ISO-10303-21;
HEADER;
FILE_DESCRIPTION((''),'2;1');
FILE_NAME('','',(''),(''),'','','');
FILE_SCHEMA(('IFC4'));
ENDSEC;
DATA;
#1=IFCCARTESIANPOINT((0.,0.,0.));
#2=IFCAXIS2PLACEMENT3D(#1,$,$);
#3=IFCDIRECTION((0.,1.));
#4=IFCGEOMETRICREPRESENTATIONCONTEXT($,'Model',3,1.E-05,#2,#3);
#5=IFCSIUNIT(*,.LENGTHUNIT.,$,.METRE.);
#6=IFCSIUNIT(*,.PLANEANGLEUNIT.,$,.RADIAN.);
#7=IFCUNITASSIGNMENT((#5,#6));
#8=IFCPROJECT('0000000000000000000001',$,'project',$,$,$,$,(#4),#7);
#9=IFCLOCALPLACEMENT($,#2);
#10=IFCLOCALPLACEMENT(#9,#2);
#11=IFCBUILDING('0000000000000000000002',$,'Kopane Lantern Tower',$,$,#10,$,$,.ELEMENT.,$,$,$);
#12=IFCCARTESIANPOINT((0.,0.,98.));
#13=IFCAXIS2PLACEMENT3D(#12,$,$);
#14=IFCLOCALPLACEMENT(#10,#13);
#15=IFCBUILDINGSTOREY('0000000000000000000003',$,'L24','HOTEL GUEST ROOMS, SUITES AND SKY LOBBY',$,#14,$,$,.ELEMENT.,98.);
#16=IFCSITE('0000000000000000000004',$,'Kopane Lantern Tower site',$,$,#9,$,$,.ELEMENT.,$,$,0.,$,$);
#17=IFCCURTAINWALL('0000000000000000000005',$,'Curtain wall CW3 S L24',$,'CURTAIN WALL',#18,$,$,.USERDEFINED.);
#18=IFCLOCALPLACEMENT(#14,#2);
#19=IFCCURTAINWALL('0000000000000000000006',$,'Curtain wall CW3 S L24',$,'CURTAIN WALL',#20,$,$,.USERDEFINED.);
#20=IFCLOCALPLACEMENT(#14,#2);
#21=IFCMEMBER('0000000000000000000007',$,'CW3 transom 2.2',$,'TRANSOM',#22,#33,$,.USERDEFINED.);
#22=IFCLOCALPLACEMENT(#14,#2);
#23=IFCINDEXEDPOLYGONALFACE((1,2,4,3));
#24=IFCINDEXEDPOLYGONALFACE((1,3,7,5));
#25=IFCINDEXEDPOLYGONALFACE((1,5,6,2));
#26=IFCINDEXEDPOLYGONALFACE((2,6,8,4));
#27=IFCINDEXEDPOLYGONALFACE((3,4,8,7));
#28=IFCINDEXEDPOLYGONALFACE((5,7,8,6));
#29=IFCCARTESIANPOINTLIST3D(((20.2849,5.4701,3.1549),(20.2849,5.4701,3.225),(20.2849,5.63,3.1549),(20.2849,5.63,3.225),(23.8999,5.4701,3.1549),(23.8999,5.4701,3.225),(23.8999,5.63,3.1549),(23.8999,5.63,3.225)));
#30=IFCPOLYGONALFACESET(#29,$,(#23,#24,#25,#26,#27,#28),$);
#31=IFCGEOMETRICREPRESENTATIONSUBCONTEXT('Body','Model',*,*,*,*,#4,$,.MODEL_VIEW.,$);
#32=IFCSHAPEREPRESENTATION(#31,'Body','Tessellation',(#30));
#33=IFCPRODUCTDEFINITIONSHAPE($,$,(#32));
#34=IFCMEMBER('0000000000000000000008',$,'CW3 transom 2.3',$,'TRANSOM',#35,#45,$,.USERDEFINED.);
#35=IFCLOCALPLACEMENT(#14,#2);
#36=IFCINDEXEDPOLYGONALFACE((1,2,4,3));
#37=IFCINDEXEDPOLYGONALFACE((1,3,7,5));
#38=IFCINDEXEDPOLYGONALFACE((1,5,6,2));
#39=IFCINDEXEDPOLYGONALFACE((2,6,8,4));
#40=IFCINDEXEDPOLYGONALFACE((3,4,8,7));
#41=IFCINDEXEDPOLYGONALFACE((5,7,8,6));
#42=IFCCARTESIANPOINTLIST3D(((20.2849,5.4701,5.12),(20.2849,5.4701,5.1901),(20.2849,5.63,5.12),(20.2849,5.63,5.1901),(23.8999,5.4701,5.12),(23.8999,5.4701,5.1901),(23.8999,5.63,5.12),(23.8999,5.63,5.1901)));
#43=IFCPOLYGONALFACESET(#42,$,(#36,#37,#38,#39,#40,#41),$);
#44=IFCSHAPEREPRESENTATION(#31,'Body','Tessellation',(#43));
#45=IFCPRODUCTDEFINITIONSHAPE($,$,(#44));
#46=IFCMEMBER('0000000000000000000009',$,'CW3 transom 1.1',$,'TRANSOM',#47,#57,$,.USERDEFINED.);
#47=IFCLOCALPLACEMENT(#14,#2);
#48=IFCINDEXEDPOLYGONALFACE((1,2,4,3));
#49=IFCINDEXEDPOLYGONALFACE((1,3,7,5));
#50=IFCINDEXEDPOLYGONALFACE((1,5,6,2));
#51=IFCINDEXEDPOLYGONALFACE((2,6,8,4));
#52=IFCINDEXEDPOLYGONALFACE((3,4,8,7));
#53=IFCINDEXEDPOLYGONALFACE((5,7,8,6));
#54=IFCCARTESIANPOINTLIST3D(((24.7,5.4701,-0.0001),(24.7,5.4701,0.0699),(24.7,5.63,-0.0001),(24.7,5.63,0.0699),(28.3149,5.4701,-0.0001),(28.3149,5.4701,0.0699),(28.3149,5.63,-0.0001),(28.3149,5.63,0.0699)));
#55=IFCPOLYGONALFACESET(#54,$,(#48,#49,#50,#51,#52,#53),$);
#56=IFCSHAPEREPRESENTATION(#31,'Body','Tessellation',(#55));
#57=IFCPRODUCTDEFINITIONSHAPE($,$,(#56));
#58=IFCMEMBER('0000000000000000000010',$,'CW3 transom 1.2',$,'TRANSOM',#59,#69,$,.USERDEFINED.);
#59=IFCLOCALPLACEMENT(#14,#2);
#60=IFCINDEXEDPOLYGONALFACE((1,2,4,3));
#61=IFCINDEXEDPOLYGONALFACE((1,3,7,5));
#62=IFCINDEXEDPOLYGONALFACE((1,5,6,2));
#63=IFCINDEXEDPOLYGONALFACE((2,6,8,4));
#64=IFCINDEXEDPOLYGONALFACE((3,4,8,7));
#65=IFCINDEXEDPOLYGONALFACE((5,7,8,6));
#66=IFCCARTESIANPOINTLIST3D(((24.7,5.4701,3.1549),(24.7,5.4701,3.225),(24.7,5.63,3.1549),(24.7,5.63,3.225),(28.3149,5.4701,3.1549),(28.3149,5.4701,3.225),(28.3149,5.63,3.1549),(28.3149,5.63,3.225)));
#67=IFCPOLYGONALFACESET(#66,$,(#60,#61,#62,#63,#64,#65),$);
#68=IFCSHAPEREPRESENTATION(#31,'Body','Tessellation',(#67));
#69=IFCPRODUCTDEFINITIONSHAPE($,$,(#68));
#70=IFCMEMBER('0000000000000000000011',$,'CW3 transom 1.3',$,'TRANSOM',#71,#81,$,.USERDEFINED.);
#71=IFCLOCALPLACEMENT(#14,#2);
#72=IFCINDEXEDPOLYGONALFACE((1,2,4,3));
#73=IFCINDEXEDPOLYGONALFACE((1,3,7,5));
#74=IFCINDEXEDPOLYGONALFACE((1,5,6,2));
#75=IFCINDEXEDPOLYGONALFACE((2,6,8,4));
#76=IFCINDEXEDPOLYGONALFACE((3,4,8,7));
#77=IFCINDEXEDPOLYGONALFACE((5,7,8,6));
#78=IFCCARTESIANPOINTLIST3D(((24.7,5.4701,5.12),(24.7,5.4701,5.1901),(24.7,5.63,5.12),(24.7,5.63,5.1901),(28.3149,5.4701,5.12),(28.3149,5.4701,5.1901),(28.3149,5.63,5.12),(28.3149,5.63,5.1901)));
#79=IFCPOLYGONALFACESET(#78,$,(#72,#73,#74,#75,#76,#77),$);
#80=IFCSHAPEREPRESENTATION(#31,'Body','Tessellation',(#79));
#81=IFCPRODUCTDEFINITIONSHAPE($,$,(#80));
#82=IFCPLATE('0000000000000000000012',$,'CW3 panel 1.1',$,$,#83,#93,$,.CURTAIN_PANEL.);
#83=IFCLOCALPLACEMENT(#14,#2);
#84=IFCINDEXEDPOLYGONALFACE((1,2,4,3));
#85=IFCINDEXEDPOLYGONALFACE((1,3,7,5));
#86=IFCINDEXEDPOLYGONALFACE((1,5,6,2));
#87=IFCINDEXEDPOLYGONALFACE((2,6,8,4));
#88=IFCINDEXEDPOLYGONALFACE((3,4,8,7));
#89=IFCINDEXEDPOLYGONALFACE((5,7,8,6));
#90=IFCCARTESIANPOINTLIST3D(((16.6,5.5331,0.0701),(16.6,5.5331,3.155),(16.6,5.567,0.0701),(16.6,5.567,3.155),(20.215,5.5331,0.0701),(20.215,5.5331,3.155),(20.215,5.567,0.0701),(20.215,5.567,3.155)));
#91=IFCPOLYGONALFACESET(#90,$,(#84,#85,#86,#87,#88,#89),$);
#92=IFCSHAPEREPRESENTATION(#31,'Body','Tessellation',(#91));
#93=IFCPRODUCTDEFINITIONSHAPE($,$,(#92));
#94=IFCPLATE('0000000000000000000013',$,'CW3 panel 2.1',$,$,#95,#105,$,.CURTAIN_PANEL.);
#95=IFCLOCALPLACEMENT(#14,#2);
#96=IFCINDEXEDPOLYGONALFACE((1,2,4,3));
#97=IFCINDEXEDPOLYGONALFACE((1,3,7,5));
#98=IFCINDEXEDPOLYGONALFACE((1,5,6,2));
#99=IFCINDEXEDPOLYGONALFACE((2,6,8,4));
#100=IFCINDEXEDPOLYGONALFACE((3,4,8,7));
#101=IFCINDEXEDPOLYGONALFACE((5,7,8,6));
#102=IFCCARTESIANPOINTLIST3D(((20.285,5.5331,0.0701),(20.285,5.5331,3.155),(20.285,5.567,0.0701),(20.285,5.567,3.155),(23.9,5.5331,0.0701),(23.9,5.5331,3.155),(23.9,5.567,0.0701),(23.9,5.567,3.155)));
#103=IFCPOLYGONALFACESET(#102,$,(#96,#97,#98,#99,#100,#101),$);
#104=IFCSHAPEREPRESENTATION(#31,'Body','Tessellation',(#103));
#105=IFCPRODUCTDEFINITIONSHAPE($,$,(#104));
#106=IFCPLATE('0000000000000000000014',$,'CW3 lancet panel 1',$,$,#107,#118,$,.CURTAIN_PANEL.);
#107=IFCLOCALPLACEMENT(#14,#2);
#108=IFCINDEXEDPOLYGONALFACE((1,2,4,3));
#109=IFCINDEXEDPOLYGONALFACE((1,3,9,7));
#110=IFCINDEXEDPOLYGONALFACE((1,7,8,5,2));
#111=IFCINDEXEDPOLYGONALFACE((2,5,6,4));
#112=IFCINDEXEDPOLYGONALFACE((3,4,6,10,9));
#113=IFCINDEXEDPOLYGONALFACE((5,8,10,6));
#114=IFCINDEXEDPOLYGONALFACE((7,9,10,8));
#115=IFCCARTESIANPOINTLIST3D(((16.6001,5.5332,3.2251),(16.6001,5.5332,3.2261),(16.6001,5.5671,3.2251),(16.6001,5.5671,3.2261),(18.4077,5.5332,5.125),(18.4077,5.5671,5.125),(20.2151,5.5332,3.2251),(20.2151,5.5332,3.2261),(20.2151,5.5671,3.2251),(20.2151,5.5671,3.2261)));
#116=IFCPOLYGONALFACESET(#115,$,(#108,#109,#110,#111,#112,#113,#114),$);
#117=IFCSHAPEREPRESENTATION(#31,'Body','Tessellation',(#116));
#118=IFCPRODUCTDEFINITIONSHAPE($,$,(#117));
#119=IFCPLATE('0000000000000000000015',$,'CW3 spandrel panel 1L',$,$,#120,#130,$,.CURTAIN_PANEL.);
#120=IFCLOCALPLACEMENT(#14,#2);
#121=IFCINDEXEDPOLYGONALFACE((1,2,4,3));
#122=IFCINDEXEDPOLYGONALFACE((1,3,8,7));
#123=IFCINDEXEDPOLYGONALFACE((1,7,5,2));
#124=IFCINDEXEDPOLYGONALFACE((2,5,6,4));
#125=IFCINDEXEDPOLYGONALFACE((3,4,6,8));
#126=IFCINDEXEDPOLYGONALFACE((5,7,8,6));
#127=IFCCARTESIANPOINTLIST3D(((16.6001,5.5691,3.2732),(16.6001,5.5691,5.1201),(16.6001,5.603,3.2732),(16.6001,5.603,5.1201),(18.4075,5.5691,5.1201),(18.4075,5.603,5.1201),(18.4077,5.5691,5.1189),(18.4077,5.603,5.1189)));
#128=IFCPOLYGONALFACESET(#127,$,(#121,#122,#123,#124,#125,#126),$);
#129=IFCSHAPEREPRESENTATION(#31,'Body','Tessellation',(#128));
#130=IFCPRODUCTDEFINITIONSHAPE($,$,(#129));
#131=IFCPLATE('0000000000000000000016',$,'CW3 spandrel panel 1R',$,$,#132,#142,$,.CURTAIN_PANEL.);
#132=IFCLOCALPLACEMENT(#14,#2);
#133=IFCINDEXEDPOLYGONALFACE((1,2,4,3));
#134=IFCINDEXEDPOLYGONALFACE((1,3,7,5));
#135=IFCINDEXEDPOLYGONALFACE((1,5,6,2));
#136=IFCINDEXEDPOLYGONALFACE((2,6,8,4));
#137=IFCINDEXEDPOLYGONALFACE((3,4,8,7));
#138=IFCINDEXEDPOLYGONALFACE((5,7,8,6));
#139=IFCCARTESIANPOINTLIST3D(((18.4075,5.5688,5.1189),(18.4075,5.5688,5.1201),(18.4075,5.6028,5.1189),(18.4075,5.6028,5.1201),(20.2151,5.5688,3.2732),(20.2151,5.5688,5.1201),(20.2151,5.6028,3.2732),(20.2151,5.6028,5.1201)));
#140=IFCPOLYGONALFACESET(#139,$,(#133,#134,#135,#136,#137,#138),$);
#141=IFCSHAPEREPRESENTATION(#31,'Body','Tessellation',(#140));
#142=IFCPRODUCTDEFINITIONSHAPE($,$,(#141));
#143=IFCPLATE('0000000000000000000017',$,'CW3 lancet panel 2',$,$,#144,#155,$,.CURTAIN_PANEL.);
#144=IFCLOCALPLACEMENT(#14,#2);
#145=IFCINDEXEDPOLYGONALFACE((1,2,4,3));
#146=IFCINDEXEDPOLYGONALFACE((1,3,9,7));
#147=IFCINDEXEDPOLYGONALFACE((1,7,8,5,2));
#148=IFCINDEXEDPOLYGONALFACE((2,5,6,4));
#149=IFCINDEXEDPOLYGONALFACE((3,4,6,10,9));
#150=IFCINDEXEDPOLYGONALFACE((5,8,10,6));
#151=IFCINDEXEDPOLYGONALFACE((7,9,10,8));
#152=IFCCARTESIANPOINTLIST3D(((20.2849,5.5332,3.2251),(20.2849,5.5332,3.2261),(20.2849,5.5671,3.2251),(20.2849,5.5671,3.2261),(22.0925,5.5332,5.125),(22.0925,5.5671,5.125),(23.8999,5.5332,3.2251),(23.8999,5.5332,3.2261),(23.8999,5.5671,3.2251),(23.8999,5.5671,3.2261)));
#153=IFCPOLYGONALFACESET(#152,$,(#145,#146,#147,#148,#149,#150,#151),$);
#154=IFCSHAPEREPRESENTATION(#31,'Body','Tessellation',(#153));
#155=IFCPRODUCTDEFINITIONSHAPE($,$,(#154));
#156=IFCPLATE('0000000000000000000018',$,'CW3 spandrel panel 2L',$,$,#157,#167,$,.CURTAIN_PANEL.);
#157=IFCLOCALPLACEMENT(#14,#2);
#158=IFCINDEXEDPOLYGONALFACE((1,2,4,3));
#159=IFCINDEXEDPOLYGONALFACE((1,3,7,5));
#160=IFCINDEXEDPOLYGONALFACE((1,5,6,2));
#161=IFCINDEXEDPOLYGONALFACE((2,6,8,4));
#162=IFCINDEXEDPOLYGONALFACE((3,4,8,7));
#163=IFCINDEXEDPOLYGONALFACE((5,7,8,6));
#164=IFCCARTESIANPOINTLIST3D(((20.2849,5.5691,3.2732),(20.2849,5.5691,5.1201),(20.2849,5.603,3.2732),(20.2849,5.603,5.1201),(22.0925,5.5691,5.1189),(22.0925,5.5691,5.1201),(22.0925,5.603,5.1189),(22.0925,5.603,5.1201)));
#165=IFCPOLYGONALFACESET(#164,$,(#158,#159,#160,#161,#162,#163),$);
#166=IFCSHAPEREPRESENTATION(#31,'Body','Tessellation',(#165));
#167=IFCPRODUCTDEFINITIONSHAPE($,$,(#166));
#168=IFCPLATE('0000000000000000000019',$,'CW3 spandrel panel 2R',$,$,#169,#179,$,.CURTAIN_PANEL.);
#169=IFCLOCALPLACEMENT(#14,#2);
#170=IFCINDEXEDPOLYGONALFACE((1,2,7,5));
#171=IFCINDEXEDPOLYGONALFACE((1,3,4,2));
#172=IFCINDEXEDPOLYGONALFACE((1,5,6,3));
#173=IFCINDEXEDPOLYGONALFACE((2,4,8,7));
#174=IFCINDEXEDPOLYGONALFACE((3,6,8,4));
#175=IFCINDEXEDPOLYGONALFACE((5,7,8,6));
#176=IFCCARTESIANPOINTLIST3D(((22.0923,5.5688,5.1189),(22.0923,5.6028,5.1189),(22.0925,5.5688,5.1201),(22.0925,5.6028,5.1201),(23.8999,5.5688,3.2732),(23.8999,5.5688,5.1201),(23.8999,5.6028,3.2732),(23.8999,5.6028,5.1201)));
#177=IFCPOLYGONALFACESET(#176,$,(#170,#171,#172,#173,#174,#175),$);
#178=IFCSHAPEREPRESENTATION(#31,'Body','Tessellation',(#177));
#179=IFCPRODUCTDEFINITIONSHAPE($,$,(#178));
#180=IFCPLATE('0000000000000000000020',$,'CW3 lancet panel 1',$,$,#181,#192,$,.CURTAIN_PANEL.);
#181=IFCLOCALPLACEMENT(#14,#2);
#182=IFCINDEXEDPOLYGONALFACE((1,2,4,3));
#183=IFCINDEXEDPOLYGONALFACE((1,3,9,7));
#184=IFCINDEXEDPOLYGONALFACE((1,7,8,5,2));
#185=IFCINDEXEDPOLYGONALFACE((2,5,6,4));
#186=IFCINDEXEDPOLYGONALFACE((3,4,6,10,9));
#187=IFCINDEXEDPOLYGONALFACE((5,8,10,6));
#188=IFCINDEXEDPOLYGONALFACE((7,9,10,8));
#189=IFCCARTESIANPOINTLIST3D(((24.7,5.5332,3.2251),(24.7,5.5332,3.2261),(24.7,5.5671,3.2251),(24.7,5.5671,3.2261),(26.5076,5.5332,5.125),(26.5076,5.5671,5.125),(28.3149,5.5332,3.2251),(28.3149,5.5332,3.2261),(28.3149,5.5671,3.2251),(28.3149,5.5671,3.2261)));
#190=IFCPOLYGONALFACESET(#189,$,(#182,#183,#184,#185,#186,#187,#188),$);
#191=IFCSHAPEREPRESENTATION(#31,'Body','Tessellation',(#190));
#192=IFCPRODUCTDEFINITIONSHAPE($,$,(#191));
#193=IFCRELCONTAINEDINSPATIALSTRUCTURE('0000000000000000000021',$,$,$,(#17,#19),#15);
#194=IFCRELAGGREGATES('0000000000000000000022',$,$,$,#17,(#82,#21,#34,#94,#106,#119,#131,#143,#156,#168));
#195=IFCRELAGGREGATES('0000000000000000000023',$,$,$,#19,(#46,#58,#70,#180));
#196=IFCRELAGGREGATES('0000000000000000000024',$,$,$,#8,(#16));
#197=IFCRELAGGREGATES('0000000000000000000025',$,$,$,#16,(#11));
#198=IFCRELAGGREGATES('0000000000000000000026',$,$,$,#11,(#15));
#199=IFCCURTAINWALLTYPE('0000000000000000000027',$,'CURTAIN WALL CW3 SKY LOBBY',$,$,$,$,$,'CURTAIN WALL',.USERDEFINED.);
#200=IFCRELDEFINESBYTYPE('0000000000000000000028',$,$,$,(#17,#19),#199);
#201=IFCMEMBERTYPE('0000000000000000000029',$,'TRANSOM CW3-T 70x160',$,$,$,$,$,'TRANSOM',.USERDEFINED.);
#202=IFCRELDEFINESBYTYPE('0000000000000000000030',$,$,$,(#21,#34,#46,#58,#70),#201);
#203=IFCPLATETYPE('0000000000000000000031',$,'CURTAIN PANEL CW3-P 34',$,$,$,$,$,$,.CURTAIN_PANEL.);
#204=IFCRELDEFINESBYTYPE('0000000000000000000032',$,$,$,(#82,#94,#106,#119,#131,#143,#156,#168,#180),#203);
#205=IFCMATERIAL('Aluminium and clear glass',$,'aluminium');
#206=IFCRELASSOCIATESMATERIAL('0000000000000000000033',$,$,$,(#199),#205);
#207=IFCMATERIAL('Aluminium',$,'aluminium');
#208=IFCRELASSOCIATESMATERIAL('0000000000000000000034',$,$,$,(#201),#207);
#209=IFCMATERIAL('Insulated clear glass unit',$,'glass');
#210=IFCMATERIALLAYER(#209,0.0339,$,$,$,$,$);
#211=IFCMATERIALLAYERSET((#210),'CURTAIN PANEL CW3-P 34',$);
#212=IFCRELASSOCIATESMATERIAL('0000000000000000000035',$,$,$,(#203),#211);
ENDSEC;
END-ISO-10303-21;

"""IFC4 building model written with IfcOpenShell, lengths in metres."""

from ifc_helpers import new_model, si_unit, direction, frame, origin, origin_2d, place, context, subcontext, project, spatial, polyline, rectangle, outline, extrude, material, layer, layer_set, material_profile, profile_set, type_object, element, aggregate, save


model = new_model("IFC4")

# Units and contexts
model_context = context("Model", 3, precision=1e-05, world=origin(), true_north=direction((0.0, 1.0)))
body_context = subcontext(model_context, "Body", "Model", "MODEL_VIEW")
ifc_project = project(units=[si_unit("LENGTHUNIT", "METRE"), si_unit("PLANEANGLEUNIT", "RADIAN")], contexts=[model_context])

# Site, building, storey
site_placement = place(None, origin())
site = spatial("IfcSite", under=ifc_project, at=site_placement, Name="Kopane Lantern Tower site", CompositionType="ELEMENT", RefElevation=0.0)
building_placement = place(site_placement, origin())
building = spatial("IfcBuilding", under=site, at=building_placement, Name="Kopane Lantern Tower", CompositionType="ELEMENT")
storey_placement = place(building_placement, frame((0.0, 0.0, 98.0)))
storey = spatial("IfcBuildingStorey", under=building, at=storey_placement, Name="L24", Description="HOTEL GUEST ROOMS, SUITES AND SKY LOBBY", CompositionType="ELEMENT", Elevation=98.0)

# Curtain walls
ifc_material_1 = material(Name="Aluminium and clear glass", Category="aluminium")
curtain_wall_type = type_object("IfcCurtainWallType", Name="CURTAIN WALL CW3 SKY LOBBY", ElementType="CURTAIN WALL", PredefinedType="USERDEFINED", material=ifc_material_1)
curtain_wall_1_placement = place(storey_placement, origin())
curtain_wall_1 = element("IfcCurtainWall", 1, at=curtain_wall_1_placement, inside=storey, type_object=curtain_wall_type, Name="Curtain wall CW3 S L24", ObjectType="CURTAIN WALL", PredefinedType="USERDEFINED")
curtain_wall_2_placement = place(storey_placement, origin())
curtain_wall_2 = element("IfcCurtainWall", 2, at=curtain_wall_2_placement, inside=storey, type_object=curtain_wall_type, Name="Curtain wall CW3 S L24", ObjectType="CURTAIN WALL", PredefinedType="USERDEFINED")

# Members
ifc_material_2 = material(Name="Aluminium", Category="aluminium")
ifc_material_profile_1 = material_profile(ifc_material_2, rectangle(XDim=0.1599, YDim=0.0701, at=origin_2d()), Name="AL 160x70")
ifc_profile_set_1 = profile_set([ifc_material_profile_1], Name="Aluminium")
member_type_1 = type_object("IfcMemberType", Name="TRANSOM CW3-T 70x160", ElementType="TRANSOM", PredefinedType="USERDEFINED", material=ifc_profile_set_1)
member_1_placement = place(storey_placement, frame((20.2849, 5.55, 3.1899), z_axis=(1.0, 0.0, 0.0), x_axis=(0.0, 1.0, 0.0)))
member_1 = element("IfcMember", 3, at=member_1_placement, type_object=member_type_1, Name="CW3 transom 2.2", ObjectType="TRANSOM", PredefinedType="USERDEFINED", context=body_context, shape_type="SweptSolid", body=[
    extrude(rectangle(XDim=0.1599, YDim=0.0701, at=origin_2d()), origin(), (0.0, 0.0, 1.0), 3.615),
])
member_2_placement = place(storey_placement, frame((20.2849, 5.55, 5.155), z_axis=(1.0, 0.0, 0.0), x_axis=(0.0, 1.0, 0.0)))
member_2 = element("IfcMember", 4, at=member_2_placement, type_object=member_type_1, Name="CW3 transom 2.3", ObjectType="TRANSOM", PredefinedType="USERDEFINED", context=body_context, shape_type="SweptSolid", body=[
    extrude(rectangle(XDim=0.1599, YDim=0.0701, at=origin_2d()), origin(), (0.0, 0.0, 1.0), 3.615),
])
member_3_placement = place(storey_placement, frame((24.7, 5.55, 0.0349), z_axis=(1.0, 0.0, 0.0), x_axis=(0.0, 1.0, 0.0)))
member_3 = element("IfcMember", 5, at=member_3_placement, type_object=member_type_1, Name="CW3 transom 1.1", ObjectType="TRANSOM", PredefinedType="USERDEFINED", context=body_context, shape_type="SweptSolid", body=[
    extrude(rectangle(XDim=0.1599, YDim=0.0701, at=origin_2d()), origin(), (0.0, 0.0, 1.0), 3.615),
])
member_4_placement = place(storey_placement, frame((24.7, 5.55, 3.1899), z_axis=(1.0, 0.0, 0.0), x_axis=(0.0, 1.0, 0.0)))
member_4 = element("IfcMember", 6, at=member_4_placement, type_object=member_type_1, Name="CW3 transom 1.2", ObjectType="TRANSOM", PredefinedType="USERDEFINED", context=body_context, shape_type="SweptSolid", body=[
    extrude(rectangle(XDim=0.1599, YDim=0.0701, at=origin_2d()), origin(), (0.0, 0.0, 1.0), 3.615),
])
member_5_placement = place(storey_placement, frame((24.7, 5.55, 5.155), z_axis=(1.0, 0.0, 0.0), x_axis=(0.0, 1.0, 0.0)))
member_5 = element("IfcMember", 7, at=member_5_placement, type_object=member_type_1, Name="CW3 transom 1.3", ObjectType="TRANSOM", PredefinedType="USERDEFINED", context=body_context, shape_type="SweptSolid", body=[
    extrude(rectangle(XDim=0.1599, YDim=0.0701, at=origin_2d()), origin(), (0.0, 0.0, 1.0), 3.615),
])

# Plates
ifc_material_3 = material(Name="Insulated clear glass unit", Category="glass")
ifc_layer = layer(ifc_material_3, 0.0339)
ifc_layer_set = layer_set([ifc_layer], Name="CURTAIN PANEL CW3-P 34")
plate_type = type_object("IfcPlateType", Name="CURTAIN PANEL CW3-P 34", PredefinedType="CURTAIN_PANEL", material=ifc_layer_set)
plate_1_placement = place(storey_placement, frame((18.4075, 5.55, 0.0701), z_axis=(0.0, 0.0, 1.0), x_axis=(1.0, 0.0, 0.0)))
plate_1 = element("IfcPlate", 8, at=plate_1_placement, type_object=plate_type, Name="CW3 panel 1.1", PredefinedType="CURTAIN_PANEL", context=body_context, shape_type="SweptSolid", body=[
    extrude(rectangle(XDim=3.615, YDim=0.0339, at=origin_2d()), origin(), (0.0, 0.0, 1.0), 3.085),
])
plate_2_placement = place(storey_placement, frame((22.0925, 5.55, 0.0701), z_axis=(0.0, 0.0, 1.0), x_axis=(1.0, 0.0, 0.0)))
plate_2 = element("IfcPlate", 9, at=plate_2_placement, type_object=plate_type, Name="CW3 panel 2.1", PredefinedType="CURTAIN_PANEL", context=body_context, shape_type="SweptSolid", body=[
    extrude(rectangle(XDim=3.615, YDim=0.0339, at=origin_2d()), origin(), (0.0, 0.0, 1.0), 3.085),
])
plate_3_placement = place(storey_placement, frame((16.6001, 5.55, 3.2251), z_axis=(0.0, 0.0, 1.0), x_axis=(1.0, 0.0, 0.0)))
plate_3 = element("IfcPlate", 10, at=plate_3_placement, type_object=plate_type, Name="CW3 lancet panel 1", PredefinedType="CURTAIN_PANEL", context=body_context, shape_type="SweptSolid", body=[
    extrude(outline(polyline([(0.0, 0.0), (3.615, 0.0), (3.615, 0.001), (1.8076, 1.8999), (0.0, 0.001), (0.0, 0.0)])), frame((0.0, 0.0171, 0.0), z_axis=(0.0, -1.0, 0.0), x_axis=(1.0, 0.0, 0.0)), (0.0, 0.0, 1.0), 0.0339),
])
plate_4_placement = place(storey_placement, frame((16.6001, 5.5859, 5.1201), z_axis=(0.0, 0.0, 1.0), x_axis=(1.0, 0.0, 0.0)))
plate_4 = element("IfcPlate", 11, at=plate_4_placement, type_object=plate_type, Name="CW3 spandrel panel 1L", PredefinedType="CURTAIN_PANEL", context=body_context, shape_type="SweptSolid", body=[
    extrude(outline(polyline([(0.0, 0.0), (1.8074, 0.0), (1.8076, -0.0012), (0.0, -1.8469), (0.0, 0.0)])), frame((0.0, 0.0171, 0.0), z_axis=(0.0, -1.0, 0.0), x_axis=(1.0, 0.0, 0.0)), (0.0, 0.0, 1.0), 0.0339),
])
plate_5_placement = place(storey_placement, frame((20.2151, 5.5859, 5.1201), z_axis=(0.0, 0.0, 1.0), x_axis=(-1.0, 0.0, 0.0)))
plate_5 = element("IfcPlate", 12, at=plate_5_placement, type_object=plate_type, Name="CW3 spandrel panel 1R", PredefinedType="CURTAIN_PANEL", context=body_context, shape_type="SweptSolid", body=[
    extrude(outline(polyline([(0.0, 0.0), (1.8076, 0.0), (1.8076, -0.0012), (0.0, -1.8469), (0.0, 0.0)])), frame((0.0, 0.0171, 0.0), z_axis=(0.0, -1.0, 0.0), x_axis=(1.0, 0.0, 0.0)), (0.0, 0.0, 1.0), 0.0339),
])
plate_6_placement = place(storey_placement, frame((20.2849, 5.55, 3.2251), z_axis=(0.0, 0.0, 1.0), x_axis=(1.0, 0.0, 0.0)))
plate_6 = element("IfcPlate", 13, at=plate_6_placement, type_object=plate_type, Name="CW3 lancet panel 2", PredefinedType="CURTAIN_PANEL", context=body_context, shape_type="SweptSolid", body=[
    extrude(outline(polyline([(0.0, 0.0), (3.615, 0.0), (3.615, 0.001), (1.8076, 1.8999), (0.0, 0.001), (0.0, 0.0)])), frame((0.0, 0.0171, 0.0), z_axis=(0.0, -1.0, 0.0), x_axis=(1.0, 0.0, 0.0)), (0.0, 0.0, 1.0), 0.0339),
])
plate_7_placement = place(storey_placement, frame((20.2849, 5.5859, 5.1201), z_axis=(0.0, 0.0, 1.0), x_axis=(1.0, 0.0, 0.0)))
plate_7 = element("IfcPlate", 14, at=plate_7_placement, type_object=plate_type, Name="CW3 spandrel panel 2L", PredefinedType="CURTAIN_PANEL", context=body_context, shape_type="SweptSolid", body=[
    extrude(outline(polyline([(0.0, 0.0), (1.8076, 0.0), (1.8076, -0.0012), (0.0, -1.8469), (0.0, 0.0)])), frame((0.0, 0.0171, 0.0), z_axis=(0.0, -1.0, 0.0), x_axis=(1.0, 0.0, 0.0)), (0.0, 0.0, 1.0), 0.0339),
])
plate_8_placement = place(storey_placement, frame((23.8999, 5.5859, 5.1201), z_axis=(0.0, 0.0, 1.0), x_axis=(-1.0, 0.0, 0.0)))
plate_8 = element("IfcPlate", 15, at=plate_8_placement, type_object=plate_type, Name="CW3 spandrel panel 2R", PredefinedType="CURTAIN_PANEL", context=body_context, shape_type="SweptSolid", body=[
    extrude(outline(polyline([(0.0, 0.0), (1.8074, 0.0), (1.8076, -0.0012), (0.0, -1.8469), (0.0, 0.0)])), frame((0.0, 0.0171, 0.0), z_axis=(0.0, -1.0, 0.0), x_axis=(1.0, 0.0, 0.0)), (0.0, 0.0, 1.0), 0.0339),
])
aggregate(curtain_wall_1, [plate_1, member_1, member_2, plate_2, plate_3, plate_4, plate_5, plate_6, plate_7, plate_8])
plate_9_placement = place(storey_placement, frame((24.7, 5.55, 3.2251), z_axis=(0.0, 0.0, 1.0), x_axis=(1.0, 0.0, 0.0)))
plate_9 = element("IfcPlate", 16, at=plate_9_placement, type_object=plate_type, Name="CW3 lancet panel 1", PredefinedType="CURTAIN_PANEL", context=body_context, shape_type="SweptSolid", body=[
    extrude(outline(polyline([(0.0, 0.0), (3.615, 0.0), (3.615, 0.001), (1.8076, 1.8999), (0.0, 0.001), (0.0, 0.0)])), frame((0.0, 0.0171, 0.0), z_axis=(0.0, -1.0, 0.0), x_axis=(1.0, 0.0, 0.0)), (0.0, 0.0, 1.0), 0.0339),
])
aggregate(curtain_wall_2, [member_3, member_4, member_5, plate_9])

save(model, "model.ifc")
